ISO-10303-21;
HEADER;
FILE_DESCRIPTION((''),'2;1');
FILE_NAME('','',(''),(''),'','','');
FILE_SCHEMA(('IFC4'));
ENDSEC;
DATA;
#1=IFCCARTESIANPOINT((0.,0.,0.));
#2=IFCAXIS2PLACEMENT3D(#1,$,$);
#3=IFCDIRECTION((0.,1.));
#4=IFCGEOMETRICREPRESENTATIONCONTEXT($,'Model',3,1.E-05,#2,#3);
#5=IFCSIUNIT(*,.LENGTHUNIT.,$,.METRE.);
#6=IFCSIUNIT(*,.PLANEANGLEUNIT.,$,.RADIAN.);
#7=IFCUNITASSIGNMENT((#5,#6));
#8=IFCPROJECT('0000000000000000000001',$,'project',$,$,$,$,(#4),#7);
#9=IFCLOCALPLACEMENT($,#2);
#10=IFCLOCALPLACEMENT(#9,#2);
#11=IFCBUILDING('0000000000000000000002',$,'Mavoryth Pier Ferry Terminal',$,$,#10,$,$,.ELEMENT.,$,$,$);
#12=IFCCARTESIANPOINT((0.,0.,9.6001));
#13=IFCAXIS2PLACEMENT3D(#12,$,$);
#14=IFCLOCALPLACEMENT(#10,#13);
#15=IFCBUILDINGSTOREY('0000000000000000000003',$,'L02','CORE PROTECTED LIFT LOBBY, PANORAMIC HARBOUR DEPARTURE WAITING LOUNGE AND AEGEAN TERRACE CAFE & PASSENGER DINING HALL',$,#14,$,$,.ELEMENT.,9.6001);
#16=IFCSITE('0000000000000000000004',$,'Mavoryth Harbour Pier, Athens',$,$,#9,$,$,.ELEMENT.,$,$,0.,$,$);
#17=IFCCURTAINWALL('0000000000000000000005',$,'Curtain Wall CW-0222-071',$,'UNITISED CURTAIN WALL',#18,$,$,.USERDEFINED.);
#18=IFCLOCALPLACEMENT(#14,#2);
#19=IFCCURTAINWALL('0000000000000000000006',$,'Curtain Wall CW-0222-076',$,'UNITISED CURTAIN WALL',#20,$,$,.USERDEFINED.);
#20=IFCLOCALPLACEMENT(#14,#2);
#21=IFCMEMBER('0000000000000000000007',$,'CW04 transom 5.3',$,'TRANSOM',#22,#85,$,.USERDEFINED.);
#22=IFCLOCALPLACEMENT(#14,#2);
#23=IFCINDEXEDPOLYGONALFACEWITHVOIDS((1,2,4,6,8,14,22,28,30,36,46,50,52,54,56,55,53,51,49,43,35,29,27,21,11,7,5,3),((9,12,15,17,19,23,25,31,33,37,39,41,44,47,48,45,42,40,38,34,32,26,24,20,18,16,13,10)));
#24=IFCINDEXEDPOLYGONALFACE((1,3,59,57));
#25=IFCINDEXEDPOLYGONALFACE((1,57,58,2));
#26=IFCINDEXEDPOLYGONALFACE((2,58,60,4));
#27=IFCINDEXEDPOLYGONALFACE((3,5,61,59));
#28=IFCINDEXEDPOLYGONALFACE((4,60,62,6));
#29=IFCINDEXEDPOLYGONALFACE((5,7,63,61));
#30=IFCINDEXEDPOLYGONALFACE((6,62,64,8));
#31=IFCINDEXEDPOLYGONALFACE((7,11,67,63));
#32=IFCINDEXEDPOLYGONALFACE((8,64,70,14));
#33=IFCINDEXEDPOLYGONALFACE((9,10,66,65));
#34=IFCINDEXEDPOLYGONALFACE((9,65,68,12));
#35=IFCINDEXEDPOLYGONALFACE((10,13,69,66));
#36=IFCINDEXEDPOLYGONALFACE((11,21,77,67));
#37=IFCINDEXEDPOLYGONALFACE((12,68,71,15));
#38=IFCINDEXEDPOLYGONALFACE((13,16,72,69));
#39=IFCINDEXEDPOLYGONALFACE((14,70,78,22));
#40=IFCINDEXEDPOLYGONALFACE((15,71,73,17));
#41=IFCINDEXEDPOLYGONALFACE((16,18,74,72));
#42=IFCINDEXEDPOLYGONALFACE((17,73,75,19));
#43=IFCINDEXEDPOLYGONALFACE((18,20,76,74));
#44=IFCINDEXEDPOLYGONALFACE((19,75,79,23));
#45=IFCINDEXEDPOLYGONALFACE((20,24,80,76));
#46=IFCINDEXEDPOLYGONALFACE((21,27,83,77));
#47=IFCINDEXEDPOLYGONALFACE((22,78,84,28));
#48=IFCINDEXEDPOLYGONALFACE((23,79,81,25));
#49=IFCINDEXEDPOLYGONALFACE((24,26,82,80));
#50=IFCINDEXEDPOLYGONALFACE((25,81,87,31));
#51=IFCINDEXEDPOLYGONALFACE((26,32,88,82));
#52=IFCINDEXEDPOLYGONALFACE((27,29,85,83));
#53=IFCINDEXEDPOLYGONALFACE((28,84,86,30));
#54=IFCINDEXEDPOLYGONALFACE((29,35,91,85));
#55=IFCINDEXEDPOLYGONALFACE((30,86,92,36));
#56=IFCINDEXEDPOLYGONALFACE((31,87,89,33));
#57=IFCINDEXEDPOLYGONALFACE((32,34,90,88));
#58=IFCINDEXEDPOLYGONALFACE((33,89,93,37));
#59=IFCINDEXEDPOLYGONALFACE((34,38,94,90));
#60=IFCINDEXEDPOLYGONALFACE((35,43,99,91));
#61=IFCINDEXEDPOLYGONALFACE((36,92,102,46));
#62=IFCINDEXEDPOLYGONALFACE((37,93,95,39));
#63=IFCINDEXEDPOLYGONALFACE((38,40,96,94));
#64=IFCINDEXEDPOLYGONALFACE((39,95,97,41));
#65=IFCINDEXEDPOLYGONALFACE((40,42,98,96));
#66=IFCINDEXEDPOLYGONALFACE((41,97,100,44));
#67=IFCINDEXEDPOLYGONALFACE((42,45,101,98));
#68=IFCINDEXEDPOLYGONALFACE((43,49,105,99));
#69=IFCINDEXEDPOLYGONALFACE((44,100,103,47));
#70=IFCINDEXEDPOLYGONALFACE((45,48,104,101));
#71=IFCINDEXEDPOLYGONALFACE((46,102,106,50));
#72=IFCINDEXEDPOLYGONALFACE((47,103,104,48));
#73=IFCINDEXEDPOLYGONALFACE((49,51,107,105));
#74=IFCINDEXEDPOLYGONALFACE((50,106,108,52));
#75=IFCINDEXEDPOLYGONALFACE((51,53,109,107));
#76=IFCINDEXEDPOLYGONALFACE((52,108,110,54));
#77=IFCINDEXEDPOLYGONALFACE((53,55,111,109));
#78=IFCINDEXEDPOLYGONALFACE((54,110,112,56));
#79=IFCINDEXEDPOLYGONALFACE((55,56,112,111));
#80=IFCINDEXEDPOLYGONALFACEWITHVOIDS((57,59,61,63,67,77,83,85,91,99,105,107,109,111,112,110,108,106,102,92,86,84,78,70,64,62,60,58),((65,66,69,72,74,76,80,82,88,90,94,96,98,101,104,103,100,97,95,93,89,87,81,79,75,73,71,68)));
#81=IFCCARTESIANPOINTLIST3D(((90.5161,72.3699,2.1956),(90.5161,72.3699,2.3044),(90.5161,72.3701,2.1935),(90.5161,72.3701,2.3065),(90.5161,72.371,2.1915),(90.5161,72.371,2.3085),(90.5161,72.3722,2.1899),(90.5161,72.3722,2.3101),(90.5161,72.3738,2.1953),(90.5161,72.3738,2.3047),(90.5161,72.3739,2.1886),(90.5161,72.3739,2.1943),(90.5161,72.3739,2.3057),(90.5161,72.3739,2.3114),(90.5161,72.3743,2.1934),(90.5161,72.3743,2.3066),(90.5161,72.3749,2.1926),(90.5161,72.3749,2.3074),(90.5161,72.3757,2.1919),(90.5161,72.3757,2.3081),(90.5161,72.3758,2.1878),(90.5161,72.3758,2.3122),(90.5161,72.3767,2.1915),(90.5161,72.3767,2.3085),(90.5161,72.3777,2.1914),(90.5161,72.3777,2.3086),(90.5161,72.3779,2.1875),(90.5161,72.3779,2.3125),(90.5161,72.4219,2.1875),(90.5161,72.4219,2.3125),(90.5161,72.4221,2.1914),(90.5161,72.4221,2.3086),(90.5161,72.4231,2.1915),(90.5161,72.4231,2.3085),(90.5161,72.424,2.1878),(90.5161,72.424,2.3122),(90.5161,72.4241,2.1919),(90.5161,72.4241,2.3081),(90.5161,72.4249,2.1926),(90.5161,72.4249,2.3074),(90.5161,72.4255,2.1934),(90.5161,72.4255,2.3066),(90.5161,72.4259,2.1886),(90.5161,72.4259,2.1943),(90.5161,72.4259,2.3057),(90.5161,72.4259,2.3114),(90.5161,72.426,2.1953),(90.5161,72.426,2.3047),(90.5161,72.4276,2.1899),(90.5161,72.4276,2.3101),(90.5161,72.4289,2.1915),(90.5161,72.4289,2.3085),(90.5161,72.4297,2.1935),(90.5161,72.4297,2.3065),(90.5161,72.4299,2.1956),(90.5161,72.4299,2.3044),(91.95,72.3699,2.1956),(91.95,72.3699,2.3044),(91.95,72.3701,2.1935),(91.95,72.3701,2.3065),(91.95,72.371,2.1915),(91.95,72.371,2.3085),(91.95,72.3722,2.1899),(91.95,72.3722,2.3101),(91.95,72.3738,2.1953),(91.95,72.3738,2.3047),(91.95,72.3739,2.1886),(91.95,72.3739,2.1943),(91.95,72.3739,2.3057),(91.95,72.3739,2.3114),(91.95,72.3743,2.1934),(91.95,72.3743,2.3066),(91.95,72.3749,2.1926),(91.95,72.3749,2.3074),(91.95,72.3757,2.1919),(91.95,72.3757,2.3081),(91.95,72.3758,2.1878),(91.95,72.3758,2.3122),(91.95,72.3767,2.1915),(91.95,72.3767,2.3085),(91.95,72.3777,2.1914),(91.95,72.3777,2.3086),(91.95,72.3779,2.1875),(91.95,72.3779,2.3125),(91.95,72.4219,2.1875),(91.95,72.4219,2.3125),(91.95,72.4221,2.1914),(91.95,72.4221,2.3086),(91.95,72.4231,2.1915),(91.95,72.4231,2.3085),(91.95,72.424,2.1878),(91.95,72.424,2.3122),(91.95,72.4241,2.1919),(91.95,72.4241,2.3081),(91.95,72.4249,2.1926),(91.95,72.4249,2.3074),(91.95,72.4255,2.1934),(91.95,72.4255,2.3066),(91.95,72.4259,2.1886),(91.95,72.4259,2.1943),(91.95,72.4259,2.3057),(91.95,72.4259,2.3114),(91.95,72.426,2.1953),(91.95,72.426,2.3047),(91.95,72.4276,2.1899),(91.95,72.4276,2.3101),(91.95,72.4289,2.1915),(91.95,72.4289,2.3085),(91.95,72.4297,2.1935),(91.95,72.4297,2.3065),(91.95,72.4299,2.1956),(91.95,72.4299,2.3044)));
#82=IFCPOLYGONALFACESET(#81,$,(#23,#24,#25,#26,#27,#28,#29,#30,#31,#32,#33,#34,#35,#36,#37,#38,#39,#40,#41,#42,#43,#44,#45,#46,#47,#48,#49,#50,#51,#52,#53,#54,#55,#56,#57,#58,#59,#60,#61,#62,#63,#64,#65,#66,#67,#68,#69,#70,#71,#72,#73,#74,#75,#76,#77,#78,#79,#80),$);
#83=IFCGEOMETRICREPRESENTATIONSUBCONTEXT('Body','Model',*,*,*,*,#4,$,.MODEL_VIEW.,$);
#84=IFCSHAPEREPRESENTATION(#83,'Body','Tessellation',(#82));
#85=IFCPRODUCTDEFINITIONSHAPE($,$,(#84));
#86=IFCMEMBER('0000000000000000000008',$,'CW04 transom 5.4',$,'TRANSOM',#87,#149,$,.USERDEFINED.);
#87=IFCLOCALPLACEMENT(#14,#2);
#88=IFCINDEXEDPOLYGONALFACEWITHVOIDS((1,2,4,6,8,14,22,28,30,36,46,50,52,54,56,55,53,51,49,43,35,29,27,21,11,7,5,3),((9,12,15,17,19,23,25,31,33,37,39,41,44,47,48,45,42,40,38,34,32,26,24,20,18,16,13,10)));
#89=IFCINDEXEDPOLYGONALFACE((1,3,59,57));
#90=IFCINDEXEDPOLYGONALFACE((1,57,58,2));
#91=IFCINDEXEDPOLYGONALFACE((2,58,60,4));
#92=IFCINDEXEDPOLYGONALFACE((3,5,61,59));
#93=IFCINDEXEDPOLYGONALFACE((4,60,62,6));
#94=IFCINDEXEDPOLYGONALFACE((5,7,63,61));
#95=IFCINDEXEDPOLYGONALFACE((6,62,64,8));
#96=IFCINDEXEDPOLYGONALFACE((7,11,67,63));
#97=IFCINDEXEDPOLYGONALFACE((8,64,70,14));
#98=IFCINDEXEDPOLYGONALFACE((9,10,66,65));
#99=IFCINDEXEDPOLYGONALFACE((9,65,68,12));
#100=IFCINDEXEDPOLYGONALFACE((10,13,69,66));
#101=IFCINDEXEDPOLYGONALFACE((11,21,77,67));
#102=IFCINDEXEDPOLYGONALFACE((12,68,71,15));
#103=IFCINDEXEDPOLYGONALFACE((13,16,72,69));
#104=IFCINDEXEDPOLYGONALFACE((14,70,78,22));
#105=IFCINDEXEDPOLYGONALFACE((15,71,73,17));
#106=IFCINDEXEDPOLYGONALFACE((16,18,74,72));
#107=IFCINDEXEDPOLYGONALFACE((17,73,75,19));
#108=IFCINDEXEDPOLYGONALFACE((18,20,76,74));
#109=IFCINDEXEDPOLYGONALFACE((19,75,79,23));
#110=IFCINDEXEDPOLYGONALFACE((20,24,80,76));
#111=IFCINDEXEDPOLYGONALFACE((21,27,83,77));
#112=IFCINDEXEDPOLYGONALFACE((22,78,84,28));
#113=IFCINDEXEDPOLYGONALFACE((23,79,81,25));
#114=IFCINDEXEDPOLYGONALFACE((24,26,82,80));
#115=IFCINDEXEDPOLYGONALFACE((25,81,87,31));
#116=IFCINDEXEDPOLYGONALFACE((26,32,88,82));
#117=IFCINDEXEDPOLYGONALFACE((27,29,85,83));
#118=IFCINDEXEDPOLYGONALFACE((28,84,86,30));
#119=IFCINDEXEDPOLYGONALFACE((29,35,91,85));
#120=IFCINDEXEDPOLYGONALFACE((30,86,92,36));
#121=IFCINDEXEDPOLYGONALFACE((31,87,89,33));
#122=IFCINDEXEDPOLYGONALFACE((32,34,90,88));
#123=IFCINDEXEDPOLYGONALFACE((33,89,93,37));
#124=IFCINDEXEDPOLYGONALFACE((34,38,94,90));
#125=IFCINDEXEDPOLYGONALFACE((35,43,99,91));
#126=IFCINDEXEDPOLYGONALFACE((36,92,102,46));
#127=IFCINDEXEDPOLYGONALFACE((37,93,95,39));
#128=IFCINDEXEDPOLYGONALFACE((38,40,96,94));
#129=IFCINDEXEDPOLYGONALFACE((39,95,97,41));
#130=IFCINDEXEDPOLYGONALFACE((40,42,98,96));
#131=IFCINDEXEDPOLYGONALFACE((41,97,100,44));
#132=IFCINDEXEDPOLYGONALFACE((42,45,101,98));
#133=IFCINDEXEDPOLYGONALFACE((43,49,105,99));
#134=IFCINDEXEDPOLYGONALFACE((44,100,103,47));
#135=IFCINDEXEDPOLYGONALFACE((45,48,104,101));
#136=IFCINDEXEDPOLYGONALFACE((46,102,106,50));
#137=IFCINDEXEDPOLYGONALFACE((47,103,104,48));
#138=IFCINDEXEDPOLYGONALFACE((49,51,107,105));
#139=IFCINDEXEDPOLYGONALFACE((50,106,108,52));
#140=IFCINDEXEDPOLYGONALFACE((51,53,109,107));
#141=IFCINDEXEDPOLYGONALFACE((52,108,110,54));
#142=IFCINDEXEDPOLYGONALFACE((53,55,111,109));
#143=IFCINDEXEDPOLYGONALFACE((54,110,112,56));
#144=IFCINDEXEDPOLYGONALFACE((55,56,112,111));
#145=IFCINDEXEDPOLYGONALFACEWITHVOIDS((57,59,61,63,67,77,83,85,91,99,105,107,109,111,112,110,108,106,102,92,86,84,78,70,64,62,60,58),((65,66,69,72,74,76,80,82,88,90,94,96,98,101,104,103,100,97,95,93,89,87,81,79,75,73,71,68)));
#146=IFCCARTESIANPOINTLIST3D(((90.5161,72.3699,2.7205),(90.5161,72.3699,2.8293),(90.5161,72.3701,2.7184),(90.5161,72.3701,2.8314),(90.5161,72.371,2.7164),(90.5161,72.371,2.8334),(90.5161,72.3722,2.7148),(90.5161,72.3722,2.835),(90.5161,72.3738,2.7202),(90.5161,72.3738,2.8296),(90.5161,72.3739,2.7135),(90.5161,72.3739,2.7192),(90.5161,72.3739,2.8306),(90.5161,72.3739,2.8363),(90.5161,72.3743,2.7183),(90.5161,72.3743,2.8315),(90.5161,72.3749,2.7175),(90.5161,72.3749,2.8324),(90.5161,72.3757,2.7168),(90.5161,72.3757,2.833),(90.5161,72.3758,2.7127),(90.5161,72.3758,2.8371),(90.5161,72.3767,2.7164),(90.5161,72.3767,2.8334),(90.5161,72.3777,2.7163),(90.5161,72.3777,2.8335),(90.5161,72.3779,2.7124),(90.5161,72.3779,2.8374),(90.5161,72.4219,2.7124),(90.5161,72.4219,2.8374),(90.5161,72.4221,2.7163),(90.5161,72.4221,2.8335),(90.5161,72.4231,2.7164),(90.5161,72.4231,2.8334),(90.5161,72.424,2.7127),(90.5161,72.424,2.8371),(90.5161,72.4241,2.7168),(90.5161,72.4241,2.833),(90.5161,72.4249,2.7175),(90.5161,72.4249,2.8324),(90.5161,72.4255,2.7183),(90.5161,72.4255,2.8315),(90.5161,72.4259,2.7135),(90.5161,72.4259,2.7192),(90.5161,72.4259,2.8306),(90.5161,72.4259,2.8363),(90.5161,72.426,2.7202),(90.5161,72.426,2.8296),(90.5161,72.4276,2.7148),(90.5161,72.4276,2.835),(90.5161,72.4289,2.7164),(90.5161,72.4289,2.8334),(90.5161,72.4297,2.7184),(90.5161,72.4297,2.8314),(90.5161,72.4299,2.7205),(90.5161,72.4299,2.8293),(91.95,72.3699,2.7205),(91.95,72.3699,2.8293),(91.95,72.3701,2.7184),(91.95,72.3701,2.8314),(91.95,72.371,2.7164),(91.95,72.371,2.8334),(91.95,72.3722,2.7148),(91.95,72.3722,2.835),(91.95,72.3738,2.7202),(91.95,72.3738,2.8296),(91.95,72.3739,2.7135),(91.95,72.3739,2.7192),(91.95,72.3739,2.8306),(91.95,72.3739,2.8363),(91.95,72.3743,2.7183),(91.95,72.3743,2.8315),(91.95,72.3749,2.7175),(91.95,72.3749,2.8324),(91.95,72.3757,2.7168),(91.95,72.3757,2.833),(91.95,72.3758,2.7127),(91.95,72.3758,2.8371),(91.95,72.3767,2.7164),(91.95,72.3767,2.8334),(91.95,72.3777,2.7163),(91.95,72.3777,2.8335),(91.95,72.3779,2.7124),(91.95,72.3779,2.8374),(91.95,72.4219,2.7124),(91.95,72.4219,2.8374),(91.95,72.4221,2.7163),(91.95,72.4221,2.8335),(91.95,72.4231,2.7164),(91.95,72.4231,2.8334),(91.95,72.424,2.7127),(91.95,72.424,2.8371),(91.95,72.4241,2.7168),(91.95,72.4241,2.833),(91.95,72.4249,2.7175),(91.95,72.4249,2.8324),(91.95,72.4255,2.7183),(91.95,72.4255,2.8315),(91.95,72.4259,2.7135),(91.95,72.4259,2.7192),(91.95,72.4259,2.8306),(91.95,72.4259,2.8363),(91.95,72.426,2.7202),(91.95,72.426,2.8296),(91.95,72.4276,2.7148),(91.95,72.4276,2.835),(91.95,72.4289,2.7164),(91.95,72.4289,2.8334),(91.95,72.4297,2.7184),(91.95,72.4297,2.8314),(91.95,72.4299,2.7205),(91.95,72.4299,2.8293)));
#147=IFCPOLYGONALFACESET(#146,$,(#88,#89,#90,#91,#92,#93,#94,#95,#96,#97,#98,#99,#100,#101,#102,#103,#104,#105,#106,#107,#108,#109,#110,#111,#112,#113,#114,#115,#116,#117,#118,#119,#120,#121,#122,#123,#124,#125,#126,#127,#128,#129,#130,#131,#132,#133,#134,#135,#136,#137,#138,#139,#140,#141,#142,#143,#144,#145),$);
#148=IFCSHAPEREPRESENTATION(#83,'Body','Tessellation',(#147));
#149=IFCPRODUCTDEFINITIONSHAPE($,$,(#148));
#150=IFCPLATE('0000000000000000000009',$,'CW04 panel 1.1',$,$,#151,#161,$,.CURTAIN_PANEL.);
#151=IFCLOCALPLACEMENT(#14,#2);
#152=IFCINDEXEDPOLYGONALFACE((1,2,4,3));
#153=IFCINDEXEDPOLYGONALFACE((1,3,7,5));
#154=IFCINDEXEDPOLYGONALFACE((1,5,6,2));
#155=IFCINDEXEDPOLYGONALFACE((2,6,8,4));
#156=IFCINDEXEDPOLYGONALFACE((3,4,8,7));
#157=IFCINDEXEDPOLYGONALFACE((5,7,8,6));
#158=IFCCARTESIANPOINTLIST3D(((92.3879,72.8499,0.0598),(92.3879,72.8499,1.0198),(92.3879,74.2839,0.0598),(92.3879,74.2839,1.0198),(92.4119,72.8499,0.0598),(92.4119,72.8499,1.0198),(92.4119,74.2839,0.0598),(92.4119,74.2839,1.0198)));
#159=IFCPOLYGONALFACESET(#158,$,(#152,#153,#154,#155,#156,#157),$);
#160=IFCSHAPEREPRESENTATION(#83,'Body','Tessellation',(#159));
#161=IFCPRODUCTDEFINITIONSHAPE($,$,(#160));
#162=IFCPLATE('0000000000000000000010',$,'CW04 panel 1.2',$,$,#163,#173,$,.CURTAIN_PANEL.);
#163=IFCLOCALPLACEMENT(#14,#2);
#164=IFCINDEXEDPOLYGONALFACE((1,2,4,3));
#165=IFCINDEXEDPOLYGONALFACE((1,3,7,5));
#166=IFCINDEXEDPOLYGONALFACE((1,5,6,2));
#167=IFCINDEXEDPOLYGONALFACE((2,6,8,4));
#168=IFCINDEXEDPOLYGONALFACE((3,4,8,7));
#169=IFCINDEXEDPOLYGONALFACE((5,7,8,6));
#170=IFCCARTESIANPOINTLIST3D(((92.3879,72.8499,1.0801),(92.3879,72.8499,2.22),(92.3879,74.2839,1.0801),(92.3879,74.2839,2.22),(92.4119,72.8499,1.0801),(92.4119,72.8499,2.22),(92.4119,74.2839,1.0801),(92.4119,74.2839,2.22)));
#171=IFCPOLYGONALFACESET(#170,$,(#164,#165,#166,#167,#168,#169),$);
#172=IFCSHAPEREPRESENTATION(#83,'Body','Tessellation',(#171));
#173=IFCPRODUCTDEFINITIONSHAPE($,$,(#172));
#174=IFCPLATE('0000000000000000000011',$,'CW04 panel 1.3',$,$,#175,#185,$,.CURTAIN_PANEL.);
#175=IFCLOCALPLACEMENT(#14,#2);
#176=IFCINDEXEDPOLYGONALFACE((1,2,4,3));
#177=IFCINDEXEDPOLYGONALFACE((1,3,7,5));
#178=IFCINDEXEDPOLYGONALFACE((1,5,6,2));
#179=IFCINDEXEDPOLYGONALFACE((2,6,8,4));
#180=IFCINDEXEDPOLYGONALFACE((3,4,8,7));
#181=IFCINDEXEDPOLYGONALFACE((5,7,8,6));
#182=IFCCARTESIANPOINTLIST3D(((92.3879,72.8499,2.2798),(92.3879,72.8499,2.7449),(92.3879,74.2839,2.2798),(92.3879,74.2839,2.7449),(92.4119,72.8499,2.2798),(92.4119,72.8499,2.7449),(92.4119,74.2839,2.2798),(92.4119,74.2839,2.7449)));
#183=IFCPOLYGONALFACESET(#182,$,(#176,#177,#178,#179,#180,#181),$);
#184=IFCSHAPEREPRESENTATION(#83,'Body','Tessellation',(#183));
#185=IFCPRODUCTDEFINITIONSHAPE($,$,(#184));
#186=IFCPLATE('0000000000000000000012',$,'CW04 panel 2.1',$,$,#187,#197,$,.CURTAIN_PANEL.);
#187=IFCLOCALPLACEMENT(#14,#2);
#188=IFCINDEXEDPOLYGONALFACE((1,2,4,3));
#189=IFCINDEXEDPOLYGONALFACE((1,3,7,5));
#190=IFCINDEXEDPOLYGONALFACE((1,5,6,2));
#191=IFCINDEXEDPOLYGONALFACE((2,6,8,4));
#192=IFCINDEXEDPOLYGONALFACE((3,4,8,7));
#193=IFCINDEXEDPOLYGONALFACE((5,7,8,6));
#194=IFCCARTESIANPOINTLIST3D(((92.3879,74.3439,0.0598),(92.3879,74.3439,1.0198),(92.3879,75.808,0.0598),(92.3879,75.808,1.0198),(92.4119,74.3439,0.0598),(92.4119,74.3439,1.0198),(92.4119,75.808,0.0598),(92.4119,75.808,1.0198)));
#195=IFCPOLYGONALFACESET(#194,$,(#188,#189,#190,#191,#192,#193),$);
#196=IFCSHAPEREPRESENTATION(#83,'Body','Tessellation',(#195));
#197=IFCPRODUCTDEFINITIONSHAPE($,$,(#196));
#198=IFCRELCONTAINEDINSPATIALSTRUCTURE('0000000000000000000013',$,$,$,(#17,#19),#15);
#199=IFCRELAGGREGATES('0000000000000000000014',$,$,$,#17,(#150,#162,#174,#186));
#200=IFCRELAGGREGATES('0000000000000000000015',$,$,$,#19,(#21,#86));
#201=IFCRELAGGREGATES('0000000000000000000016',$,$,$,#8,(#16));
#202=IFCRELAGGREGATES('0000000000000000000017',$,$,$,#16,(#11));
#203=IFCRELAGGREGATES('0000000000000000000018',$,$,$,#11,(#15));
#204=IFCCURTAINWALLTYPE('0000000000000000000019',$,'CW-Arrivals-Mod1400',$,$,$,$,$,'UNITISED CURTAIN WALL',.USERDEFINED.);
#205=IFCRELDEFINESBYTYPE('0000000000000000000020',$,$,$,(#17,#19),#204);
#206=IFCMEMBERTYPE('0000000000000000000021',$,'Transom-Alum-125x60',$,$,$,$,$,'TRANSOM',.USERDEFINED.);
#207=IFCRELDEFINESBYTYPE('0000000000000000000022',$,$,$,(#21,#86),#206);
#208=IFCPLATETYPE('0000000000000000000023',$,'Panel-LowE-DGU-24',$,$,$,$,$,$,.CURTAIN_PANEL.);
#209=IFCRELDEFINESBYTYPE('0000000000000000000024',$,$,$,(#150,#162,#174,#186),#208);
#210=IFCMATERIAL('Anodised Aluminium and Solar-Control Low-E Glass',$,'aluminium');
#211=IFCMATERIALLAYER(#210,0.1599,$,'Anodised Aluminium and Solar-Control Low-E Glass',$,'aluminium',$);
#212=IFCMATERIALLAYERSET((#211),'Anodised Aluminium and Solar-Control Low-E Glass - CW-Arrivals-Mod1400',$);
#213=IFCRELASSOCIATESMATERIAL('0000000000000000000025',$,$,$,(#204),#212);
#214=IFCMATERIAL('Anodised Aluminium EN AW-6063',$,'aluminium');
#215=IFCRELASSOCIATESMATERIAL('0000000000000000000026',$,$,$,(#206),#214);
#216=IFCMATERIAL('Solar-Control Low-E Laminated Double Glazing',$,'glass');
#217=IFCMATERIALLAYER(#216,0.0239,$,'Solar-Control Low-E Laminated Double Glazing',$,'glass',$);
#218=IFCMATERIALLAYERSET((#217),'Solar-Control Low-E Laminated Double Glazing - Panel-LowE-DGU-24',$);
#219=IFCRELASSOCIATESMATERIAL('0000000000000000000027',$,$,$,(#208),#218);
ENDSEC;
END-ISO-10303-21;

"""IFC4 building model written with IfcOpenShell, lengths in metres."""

from ifc_helpers import new_model, si_unit, direction, frame, origin, origin_2d, place, context, subcontext, project, spatial, rectangle, hollow_rectangle, extrude, material, layer, layer_set, material_profile, profile_set, type_object, element, aggregate, save


model = new_model("IFC4")

# Units and contexts
model_context = context("Model", 3, precision=1e-05, world=origin(), true_north=direction((0.0, 1.0)))
body_context = subcontext(model_context, "Body", "Model", "MODEL_VIEW")
ifc_project = project(units=[si_unit("LENGTHUNIT", "METRE"), si_unit("PLANEANGLEUNIT", "RADIAN")], contexts=[model_context])

# Site, building, storey
site_placement = place(None, origin())
site = spatial("IfcSite", under=ifc_project, at=site_placement, Name="Mavoryth Harbour Pier, Athens", CompositionType="ELEMENT", RefElevation=0.0)
building_placement = place(site_placement, origin())
building = spatial("IfcBuilding", under=site, at=building_placement, Name="Mavoryth Pier Ferry Terminal", CompositionType="ELEMENT")
storey_placement = place(building_placement, frame((0.0, 0.0, 9.6001)))
storey = spatial("IfcBuildingStorey", under=building, at=storey_placement, Name="L02", Description="CORE PROTECTED LIFT LOBBY, PANORAMIC HARBOUR DEPARTURE WAITING LOUNGE AND AEGEAN TERRACE CAFE & PASSENGER DINING HALL", CompositionType="ELEMENT", Elevation=9.6001)

# Curtain walls
ifc_material_1 = material(Name="Anodised Aluminium and Solar-Control Low-E Glass", Category="aluminium")
ifc_layer_1 = layer(ifc_material_1, 0.1599, Name="Anodised Aluminium and Solar-Control Low-E Glass", Category="aluminium")
ifc_layer_set_1 = layer_set([ifc_layer_1], Name="Anodised Aluminium and Solar-Control Low-E Glass - CW-Arrivals-Mod1400")
curtain_wall_type = type_object("IfcCurtainWallType", Name="CW-Arrivals-Mod1400", ElementType="UNITISED CURTAIN WALL", PredefinedType="USERDEFINED", material=ifc_layer_set_1)
curtain_wall_1_placement = place(storey_placement, origin())
curtain_wall_1 = element("IfcCurtainWall", 1, at=curtain_wall_1_placement, inside=storey, type_object=curtain_wall_type, Name="Curtain Wall CW-0222-071", ObjectType="UNITISED CURTAIN WALL", PredefinedType="USERDEFINED")
ifc_material_2 = material(Name="Anodised Aluminium EN AW-6063", Category="aluminium")
curtain_wall_2_placement = place(storey_placement, origin())
curtain_wall_2 = element("IfcCurtainWall", 2, at=curtain_wall_2_placement, inside=storey, type_object=curtain_wall_type, Name="Curtain Wall CW-0222-076", ObjectType="UNITISED CURTAIN WALL", PredefinedType="USERDEFINED")

# Members
ifc_material_profile_1 = material_profile(ifc_material_2, hollow_rectangle(XDim=0.0601, YDim=0.125, WallThickness=0.0039, InnerFilletRadius=0.0039, OuterFilletRadius=0.0081, at=origin_2d()), Name="AL-TRAN 125x60x4", Category="aluminium")
ifc_profile_set_1 = profile_set([ifc_material_profile_1], Name="Anodised Aluminium EN AW-6063 - AL-TRAN 125x60x4")
member_type_1 = type_object("IfcMemberType", Name="Transom-Alum-125x60", ElementType="TRANSOM", PredefinedType="USERDEFINED", material=ifc_profile_set_1)
member_1_placement = place(storey_placement, frame((90.5161, 72.3999, 2.25), z_axis=(1.0, 0.0, 0.0), x_axis=(0.0, 1.0, 0.0)))
member_1 = element("IfcMember", 3, at=member_1_placement, type_object=member_type_1, Name="CW04 transom 5.3", ObjectType="TRANSOM", PredefinedType="USERDEFINED", context=body_context, shape_type="SweptSolid", body=[
    extrude(hollow_rectangle(XDim=0.0601, YDim=0.125, WallThickness=0.0039, InnerFilletRadius=0.0039, OuterFilletRadius=0.0081, at=origin_2d()), origin(), (0.0, 0.0, 1.0), 1.4338),
])
member_2_placement = place(storey_placement, frame((90.5161, 72.3999, 2.7749), z_axis=(1.0, 0.0, 0.0), x_axis=(0.0, 1.0, 0.0)))
member_2 = element("IfcMember", 4, at=member_2_placement, type_object=member_type_1, Name="CW04 transom 5.4", ObjectType="TRANSOM", PredefinedType="USERDEFINED", context=body_context, shape_type="SweptSolid", body=[
    extrude(hollow_rectangle(XDim=0.0601, YDim=0.125, WallThickness=0.0039, InnerFilletRadius=0.0039, OuterFilletRadius=0.0081, at=origin_2d()), origin(), (0.0, 0.0, 1.0), 1.4338),
])

# Plates
ifc_material_3 = material(Name="Solar-Control Low-E Laminated Double Glazing", Category="glass")
ifc_layer_2 = layer(ifc_material_3, 0.0239, Name="Solar-Control Low-E Laminated Double Glazing", Category="glass")
ifc_layer_set_2 = layer_set([ifc_layer_2], Name="Solar-Control Low-E Laminated Double Glazing - Panel-LowE-DGU-24")
plate_type = type_object("IfcPlateType", Name="Panel-LowE-DGU-24", PredefinedType="CURTAIN_PANEL", material=ifc_layer_set_2)
plate_1_placement = place(storey_placement, frame((92.3999, 73.5669, 0.0598), z_axis=(0.0, 0.0, 1.0), x_axis=(0.0, 1.0, 0.0)))
plate_1 = element("IfcPlate", 5, at=plate_1_placement, type_object=plate_type, Name="CW04 panel 1.1", PredefinedType="CURTAIN_PANEL", context=body_context, shape_type="SweptSolid", body=[
    extrude(rectangle(XDim=1.4341, YDim=0.0239, at=origin_2d()), origin(), (0.0, 0.0, 1.0), 0.96),
])
plate_2_placement = place(storey_placement, frame((92.3999, 73.5669, 1.0801), z_axis=(0.0, 0.0, 1.0), x_axis=(0.0, 1.0, 0.0)))
plate_2 = element("IfcPlate", 6, at=plate_2_placement, type_object=plate_type, Name="CW04 panel 1.2", PredefinedType="CURTAIN_PANEL", context=body_context, shape_type="SweptSolid", body=[
    extrude(rectangle(XDim=1.4341, YDim=0.0239, at=origin_2d()), origin(), (0.0, 0.0, 1.0), 1.1399),
])
plate_3_placement = place(storey_placement, frame((92.3999, 73.5669, 2.2798), z_axis=(0.0, 0.0, 1.0), x_axis=(0.0, 1.0, 0.0)))
plate_3 = element("IfcPlate", 7, at=plate_3_placement, type_object=plate_type, Name="CW04 panel 1.3", PredefinedType="CURTAIN_PANEL", context=body_context, shape_type="SweptSolid", body=[
    extrude(rectangle(XDim=1.4341, YDim=0.0239, at=origin_2d()), origin(), (0.0, 0.0, 1.0), 0.4651),
])
plate_4_placement = place(storey_placement, frame((92.3999, 75.0759, 0.0598), z_axis=(0.0, 0.0, 1.0), x_axis=(0.0, 1.0, 0.0)))
plate_4 = element("IfcPlate", 8, at=plate_4_placement, type_object=plate_type, Name="CW04 panel 2.1", PredefinedType="CURTAIN_PANEL", context=body_context, shape_type="SweptSolid", body=[
    extrude(rectangle(XDim=1.4641, YDim=0.0239, at=origin_2d()), origin(), (0.0, 0.0, 1.0), 0.96),
])
aggregate(curtain_wall_1, [plate_1, plate_2, plate_3, plate_4])
aggregate(curtain_wall_2, [member_1, member_2])

save(model, "model.ifc")
